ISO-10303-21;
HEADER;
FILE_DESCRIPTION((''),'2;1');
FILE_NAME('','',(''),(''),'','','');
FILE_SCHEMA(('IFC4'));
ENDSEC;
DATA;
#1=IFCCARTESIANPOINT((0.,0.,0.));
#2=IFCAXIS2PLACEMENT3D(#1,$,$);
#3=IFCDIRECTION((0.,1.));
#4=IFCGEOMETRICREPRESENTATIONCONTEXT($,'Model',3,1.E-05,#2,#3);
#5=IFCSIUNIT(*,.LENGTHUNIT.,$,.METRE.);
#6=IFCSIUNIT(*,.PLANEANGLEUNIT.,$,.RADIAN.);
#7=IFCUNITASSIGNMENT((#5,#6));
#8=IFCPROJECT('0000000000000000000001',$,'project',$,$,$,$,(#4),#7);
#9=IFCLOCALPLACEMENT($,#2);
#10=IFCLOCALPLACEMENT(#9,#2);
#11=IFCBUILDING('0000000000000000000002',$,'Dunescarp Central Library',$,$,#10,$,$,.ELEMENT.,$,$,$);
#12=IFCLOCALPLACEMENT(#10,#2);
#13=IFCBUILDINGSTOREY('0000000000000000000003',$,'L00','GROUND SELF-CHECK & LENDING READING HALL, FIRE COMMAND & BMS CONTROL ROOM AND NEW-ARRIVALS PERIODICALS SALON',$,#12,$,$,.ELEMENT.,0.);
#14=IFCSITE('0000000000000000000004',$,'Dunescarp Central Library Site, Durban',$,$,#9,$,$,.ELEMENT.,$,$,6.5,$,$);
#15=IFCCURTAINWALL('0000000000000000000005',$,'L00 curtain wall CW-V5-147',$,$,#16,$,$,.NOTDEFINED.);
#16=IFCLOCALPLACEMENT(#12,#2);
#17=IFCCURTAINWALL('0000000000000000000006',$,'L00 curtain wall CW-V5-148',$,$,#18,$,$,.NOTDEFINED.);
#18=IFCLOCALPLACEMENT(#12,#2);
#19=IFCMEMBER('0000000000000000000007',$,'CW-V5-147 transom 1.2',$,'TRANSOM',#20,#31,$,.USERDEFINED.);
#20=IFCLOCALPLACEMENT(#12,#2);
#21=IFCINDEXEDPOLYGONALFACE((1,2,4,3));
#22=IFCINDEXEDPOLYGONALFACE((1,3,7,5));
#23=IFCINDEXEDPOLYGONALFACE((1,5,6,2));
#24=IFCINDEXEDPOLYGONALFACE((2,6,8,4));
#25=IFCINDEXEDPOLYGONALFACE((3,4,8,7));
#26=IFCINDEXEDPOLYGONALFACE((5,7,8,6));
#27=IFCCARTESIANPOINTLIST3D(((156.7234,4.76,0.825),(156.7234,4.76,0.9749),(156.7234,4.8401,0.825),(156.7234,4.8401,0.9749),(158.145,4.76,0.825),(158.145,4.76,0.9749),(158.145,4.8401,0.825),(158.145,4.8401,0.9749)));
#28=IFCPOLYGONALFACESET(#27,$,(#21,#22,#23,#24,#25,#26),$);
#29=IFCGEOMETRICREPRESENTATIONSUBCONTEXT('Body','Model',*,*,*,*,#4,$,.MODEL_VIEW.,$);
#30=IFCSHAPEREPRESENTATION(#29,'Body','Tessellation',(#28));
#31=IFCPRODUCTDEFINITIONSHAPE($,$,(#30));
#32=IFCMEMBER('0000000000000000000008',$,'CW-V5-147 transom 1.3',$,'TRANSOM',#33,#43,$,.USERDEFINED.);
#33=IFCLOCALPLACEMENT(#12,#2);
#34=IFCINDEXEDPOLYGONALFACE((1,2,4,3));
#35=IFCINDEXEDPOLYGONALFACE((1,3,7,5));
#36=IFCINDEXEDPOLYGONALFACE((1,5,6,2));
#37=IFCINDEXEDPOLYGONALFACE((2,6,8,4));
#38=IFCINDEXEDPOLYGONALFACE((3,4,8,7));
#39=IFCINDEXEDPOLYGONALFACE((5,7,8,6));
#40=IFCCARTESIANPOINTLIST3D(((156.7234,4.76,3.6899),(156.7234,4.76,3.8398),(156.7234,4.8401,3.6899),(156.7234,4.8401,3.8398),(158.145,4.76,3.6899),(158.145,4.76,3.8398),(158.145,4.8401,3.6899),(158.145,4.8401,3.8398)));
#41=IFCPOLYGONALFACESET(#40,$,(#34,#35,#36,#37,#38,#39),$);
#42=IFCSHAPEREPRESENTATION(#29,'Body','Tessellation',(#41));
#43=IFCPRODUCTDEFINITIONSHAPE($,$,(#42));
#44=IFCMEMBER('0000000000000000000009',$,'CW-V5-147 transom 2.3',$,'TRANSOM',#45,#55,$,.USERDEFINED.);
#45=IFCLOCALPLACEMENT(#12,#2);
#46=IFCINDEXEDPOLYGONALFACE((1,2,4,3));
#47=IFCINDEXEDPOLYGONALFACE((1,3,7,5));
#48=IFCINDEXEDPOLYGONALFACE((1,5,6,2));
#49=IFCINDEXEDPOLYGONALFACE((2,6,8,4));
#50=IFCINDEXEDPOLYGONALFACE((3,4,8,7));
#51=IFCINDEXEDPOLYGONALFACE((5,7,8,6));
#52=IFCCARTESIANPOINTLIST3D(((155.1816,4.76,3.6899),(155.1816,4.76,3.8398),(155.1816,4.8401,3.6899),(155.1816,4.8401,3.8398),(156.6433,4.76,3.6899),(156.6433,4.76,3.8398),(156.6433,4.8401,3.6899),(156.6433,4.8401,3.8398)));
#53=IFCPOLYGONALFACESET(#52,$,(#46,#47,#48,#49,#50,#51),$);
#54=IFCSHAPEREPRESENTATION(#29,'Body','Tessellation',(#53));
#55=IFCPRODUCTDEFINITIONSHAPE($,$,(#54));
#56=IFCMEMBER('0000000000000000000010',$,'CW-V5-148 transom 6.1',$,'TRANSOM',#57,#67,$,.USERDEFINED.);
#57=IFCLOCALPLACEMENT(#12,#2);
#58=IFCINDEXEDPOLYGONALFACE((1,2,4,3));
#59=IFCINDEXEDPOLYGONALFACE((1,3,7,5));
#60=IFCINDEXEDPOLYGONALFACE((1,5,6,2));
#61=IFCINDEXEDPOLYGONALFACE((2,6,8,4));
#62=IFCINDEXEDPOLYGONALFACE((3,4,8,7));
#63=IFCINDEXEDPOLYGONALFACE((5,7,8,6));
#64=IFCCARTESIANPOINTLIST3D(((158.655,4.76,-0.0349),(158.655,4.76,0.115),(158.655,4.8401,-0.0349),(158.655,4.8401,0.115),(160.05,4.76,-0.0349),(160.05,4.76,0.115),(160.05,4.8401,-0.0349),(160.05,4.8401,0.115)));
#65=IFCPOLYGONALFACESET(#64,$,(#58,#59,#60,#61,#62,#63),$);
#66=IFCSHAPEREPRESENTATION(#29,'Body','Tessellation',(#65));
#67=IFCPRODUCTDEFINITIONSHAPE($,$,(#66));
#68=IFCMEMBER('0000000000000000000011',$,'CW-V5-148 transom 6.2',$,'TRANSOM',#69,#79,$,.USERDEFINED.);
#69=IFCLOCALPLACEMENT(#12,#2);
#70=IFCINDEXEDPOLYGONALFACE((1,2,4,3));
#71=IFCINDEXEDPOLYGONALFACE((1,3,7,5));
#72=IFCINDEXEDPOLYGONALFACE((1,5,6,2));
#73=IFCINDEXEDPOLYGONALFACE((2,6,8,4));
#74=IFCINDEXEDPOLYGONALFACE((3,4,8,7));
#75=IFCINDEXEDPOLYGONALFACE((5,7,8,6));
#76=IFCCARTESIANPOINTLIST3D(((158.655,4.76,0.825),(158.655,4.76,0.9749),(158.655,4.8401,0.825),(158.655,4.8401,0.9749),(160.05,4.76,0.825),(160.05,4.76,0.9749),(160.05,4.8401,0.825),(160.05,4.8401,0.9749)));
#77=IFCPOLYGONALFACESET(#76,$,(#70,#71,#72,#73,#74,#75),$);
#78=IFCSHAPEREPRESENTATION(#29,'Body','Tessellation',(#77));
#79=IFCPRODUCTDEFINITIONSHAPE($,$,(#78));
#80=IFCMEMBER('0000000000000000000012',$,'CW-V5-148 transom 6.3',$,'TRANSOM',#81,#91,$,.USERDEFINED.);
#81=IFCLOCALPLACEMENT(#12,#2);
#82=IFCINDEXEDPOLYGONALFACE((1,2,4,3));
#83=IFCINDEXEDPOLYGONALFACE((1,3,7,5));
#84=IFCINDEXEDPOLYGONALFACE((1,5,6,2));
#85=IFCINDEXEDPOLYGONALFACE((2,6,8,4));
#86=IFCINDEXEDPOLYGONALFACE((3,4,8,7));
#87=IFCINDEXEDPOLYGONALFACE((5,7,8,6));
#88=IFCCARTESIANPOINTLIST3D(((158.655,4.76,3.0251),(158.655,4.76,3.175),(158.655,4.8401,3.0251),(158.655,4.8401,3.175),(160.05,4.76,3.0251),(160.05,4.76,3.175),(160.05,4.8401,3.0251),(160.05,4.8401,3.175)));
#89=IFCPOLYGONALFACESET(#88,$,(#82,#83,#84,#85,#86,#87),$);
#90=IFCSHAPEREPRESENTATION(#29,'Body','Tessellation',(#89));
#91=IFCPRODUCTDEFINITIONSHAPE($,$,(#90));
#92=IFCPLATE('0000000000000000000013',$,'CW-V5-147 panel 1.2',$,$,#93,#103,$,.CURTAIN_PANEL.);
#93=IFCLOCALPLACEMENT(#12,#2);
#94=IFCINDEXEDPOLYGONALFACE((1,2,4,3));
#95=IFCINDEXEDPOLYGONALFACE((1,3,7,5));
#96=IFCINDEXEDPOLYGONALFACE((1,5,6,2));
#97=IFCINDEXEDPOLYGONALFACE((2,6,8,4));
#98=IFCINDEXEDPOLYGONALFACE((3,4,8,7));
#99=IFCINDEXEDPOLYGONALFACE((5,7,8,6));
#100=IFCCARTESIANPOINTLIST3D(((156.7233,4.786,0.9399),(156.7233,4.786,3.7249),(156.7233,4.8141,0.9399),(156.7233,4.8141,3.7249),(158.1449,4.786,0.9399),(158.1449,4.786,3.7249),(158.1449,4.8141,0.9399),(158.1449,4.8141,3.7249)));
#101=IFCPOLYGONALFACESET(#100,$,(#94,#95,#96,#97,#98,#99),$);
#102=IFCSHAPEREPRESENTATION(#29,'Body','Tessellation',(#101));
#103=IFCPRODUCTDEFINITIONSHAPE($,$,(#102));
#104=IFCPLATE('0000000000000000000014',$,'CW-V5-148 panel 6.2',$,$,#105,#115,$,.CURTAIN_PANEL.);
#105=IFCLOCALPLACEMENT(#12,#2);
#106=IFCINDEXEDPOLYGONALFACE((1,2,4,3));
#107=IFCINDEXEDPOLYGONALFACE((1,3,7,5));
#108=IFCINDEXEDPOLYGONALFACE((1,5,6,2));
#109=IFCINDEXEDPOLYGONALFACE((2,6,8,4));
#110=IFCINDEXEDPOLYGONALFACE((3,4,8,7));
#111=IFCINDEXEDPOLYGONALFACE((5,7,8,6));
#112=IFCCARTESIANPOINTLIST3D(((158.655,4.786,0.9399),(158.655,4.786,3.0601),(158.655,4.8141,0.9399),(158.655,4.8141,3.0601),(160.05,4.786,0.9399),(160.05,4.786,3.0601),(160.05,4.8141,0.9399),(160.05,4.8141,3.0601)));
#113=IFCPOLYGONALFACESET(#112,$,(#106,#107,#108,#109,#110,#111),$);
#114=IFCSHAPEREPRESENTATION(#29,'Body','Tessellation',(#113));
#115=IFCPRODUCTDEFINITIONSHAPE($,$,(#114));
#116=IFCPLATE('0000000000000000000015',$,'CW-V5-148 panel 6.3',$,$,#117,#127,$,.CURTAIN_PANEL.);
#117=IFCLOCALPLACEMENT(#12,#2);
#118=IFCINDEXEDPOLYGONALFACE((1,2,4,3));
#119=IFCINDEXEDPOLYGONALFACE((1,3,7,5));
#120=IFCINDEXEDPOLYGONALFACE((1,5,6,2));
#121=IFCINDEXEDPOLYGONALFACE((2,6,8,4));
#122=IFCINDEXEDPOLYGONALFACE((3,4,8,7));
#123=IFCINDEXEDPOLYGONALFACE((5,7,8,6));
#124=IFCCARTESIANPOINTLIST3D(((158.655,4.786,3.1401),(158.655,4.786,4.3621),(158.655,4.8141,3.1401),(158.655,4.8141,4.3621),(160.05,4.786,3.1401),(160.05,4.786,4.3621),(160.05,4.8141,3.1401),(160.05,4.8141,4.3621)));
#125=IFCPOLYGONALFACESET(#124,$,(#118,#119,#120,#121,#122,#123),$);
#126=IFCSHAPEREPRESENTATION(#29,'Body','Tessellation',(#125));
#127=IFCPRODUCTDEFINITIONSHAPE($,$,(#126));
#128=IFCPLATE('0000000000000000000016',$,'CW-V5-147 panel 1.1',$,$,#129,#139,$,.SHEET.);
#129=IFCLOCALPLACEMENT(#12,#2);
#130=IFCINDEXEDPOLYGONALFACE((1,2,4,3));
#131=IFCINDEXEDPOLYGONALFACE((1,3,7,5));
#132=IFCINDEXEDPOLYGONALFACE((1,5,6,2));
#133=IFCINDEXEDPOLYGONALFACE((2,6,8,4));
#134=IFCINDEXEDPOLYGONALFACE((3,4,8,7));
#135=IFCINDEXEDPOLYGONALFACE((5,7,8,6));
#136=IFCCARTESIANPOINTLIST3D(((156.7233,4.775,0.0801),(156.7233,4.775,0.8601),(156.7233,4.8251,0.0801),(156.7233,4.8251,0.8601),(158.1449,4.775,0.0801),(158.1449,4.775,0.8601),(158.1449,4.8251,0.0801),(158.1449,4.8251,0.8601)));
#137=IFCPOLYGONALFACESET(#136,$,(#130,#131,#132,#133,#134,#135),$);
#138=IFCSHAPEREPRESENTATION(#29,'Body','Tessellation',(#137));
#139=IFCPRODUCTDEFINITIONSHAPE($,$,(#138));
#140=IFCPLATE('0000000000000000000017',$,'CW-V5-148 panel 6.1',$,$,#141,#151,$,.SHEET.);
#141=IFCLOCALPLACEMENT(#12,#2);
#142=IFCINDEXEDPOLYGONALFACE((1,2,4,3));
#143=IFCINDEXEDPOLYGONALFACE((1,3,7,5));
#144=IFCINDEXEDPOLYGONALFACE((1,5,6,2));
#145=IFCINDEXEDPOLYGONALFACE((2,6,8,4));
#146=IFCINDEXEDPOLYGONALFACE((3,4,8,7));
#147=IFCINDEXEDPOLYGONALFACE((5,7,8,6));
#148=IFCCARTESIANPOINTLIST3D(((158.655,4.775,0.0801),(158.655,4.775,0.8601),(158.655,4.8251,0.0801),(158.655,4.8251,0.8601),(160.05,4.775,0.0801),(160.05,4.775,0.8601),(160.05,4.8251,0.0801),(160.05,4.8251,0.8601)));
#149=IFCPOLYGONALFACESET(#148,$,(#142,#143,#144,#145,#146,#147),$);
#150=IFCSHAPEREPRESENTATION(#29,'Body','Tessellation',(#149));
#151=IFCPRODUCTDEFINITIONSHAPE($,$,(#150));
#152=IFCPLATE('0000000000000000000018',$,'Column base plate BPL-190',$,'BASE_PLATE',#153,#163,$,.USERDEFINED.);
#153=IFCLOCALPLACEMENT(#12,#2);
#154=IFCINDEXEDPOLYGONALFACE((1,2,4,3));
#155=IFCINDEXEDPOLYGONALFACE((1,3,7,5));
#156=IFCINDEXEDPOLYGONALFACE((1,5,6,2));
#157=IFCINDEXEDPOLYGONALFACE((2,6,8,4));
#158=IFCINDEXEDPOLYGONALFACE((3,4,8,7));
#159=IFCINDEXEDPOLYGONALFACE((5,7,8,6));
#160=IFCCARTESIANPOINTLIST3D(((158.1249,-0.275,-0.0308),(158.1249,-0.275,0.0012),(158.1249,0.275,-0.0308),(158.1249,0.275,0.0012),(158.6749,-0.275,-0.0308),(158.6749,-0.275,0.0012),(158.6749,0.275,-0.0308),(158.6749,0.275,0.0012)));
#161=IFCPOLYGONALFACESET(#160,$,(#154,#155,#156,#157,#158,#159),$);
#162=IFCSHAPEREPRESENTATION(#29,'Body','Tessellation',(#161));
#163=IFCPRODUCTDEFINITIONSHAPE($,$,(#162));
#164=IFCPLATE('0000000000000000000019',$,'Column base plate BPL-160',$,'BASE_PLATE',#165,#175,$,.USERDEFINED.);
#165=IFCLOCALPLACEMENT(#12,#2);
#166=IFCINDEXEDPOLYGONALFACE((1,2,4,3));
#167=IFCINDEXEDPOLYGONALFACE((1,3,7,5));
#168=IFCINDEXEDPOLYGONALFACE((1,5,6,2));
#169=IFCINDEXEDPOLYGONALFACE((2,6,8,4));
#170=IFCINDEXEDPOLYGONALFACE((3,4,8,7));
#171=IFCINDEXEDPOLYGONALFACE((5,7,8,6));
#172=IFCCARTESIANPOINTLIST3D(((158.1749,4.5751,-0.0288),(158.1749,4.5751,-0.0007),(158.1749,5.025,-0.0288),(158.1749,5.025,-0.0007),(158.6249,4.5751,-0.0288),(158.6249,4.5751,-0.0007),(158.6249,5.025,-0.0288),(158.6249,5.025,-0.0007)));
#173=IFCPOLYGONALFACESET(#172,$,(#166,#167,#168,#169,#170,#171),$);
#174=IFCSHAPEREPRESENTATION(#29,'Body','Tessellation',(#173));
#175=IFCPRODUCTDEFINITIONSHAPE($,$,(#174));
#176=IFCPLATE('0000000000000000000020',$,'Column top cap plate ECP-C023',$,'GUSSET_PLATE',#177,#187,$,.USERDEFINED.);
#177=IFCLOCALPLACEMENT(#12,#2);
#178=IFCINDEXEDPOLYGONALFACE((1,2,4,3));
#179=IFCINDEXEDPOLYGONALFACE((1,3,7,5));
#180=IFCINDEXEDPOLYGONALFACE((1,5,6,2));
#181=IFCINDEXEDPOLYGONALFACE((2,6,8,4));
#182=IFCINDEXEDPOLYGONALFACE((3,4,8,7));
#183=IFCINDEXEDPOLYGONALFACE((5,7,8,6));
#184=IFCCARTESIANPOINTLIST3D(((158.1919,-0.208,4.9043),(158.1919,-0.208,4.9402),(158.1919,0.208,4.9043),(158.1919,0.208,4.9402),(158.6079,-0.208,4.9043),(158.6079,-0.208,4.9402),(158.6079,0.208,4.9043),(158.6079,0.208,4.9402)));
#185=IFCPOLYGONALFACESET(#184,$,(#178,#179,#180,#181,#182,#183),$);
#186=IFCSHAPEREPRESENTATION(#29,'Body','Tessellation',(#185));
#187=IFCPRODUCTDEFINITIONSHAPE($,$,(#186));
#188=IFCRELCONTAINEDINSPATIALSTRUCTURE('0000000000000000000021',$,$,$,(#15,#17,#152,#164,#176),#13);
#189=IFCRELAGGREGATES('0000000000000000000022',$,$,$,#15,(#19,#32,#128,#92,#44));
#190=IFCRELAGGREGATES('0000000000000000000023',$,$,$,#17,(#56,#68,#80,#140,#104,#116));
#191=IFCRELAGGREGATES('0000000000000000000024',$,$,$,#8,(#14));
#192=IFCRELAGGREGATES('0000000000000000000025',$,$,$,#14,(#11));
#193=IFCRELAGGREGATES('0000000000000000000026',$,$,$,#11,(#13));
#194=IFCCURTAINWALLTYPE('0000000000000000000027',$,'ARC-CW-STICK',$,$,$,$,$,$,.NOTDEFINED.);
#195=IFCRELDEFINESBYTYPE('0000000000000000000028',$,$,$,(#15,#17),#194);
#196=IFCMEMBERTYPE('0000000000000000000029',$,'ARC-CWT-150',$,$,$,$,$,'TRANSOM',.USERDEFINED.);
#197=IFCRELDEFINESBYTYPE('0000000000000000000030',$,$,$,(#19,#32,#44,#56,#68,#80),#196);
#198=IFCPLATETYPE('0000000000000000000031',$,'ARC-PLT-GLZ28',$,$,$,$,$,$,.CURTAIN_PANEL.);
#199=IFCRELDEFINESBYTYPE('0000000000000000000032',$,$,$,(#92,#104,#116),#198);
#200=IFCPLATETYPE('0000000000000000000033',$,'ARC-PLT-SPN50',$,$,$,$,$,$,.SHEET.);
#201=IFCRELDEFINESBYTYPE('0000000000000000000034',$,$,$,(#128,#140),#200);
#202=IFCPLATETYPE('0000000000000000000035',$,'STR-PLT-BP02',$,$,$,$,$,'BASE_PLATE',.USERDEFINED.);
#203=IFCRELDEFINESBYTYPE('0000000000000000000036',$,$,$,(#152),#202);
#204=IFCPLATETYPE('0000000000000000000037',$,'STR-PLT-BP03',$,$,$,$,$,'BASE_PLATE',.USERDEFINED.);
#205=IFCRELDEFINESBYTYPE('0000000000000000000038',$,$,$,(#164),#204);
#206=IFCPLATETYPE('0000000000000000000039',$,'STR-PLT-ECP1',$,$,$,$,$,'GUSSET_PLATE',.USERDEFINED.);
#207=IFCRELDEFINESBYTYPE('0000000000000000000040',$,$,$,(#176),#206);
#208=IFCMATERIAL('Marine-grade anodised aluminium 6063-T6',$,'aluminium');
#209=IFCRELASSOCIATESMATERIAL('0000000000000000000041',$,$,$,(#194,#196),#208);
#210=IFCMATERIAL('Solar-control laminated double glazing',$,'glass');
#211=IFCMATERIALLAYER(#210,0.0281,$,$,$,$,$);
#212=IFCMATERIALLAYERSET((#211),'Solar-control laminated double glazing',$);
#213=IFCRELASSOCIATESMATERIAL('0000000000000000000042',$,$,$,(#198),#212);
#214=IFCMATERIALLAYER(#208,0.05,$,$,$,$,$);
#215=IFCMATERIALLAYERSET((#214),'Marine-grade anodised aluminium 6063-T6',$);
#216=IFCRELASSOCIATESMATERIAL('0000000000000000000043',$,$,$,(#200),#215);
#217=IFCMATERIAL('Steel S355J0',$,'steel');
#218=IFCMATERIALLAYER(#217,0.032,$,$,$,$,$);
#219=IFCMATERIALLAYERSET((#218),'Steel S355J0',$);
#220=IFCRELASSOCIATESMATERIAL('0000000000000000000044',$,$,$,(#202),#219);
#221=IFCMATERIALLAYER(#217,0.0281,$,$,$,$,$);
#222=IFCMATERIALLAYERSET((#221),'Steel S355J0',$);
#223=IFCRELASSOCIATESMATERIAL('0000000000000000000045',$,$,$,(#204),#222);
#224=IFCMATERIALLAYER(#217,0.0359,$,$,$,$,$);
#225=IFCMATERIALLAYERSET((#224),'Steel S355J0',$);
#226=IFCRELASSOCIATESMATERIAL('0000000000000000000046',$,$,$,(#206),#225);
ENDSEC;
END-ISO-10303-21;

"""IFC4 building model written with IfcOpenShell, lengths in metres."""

from ifc_helpers import new_model, si_unit, direction, frame, origin, origin_2d, place, context, subcontext, project, spatial, rectangle, extrude, material, layer, layer_set, material_profile, profile_set, type_object, element, aggregate, save


model = new_model("IFC4")

# Units and contexts
model_context = context("Model", 3, precision=1e-05, world=origin(), true_north=direction((0.0, 1.0)))
body_context = subcontext(model_context, "Body", "Model", "MODEL_VIEW")
ifc_project = project(units=[si_unit("LENGTHUNIT", "METRE"), si_unit("PLANEANGLEUNIT", "RADIAN")], contexts=[model_context])

# Site, building, storey
site_placement = place(None, origin())
site = spatial("IfcSite", under=ifc_project, at=site_placement, Name="Dunescarp Central Library Site, Durban", CompositionType="ELEMENT", RefElevation=6.5)
building_placement = place(site_placement, origin())
building = spatial("IfcBuilding", under=site, at=building_placement, Name="Dunescarp Central Library", CompositionType="ELEMENT")
storey_placement = place(building_placement, origin())
storey = spatial("IfcBuildingStorey", under=building, at=storey_placement, Name="L00", Description="GROUND SELF-CHECK & LENDING READING HALL, FIRE COMMAND & BMS CONTROL ROOM AND NEW-ARRIVALS PERIODICALS SALON", CompositionType="ELEMENT", Elevation=0.0)

# Shared definitions
ifc_material_1 = material(Name="Steel S355J0", Category="steel")

# Curtain wall
ifc_material_2 = material(Name="Marine-grade anodised aluminium 6063-T6", Category="aluminium")
curtain_wall_type = type_object("IfcCurtainWallType", Name="ARC-CW-STICK", PredefinedType="NOTDEFINED", material=ifc_material_2)
curtain_wall_1_placement = place(storey_placement, origin())
curtain_wall_1 = element("IfcCurtainWall", 1, at=curtain_wall_1_placement, inside=storey, type_object=curtain_wall_type, Name="L00 curtain wall CW-V5-147", PredefinedType="NOTDEFINED")

# Curtain wall
curtain_wall_2_placement = place(storey_placement, origin())
curtain_wall_2 = element("IfcCurtainWall", 2, at=curtain_wall_2_placement, inside=storey, type_object=curtain_wall_type, Name="L00 curtain wall CW-V5-148", PredefinedType="NOTDEFINED")

# Members
ifc_material_profile_1 = material_profile(ifc_material_2, rectangle(XDim=0.0801, YDim=0.1499, at=origin_2d()), Name="AL 80x150")
ifc_profile_set_1 = profile_set([ifc_material_profile_1], Name="Marine-grade anodised aluminium 6063-T6")
member_type_1 = type_object("IfcMemberType", Name="ARC-CWT-150", ElementType="TRANSOM", PredefinedType="USERDEFINED", material=ifc_profile_set_1)
member_1_placement = place(storey_placement, frame((158.145, 4.8, 0.8999), z_axis=(-1.0, 0.0, 0.0), x_axis=(0.0, -1.0, 0.0)))
member_1 = element("IfcMember", 3, at=member_1_placement, type_object=member_type_1, Name="CW-V5-147 transom 1.2", ObjectType="TRANSOM", PredefinedType="USERDEFINED", context=body_context, shape_type="SweptSolid", body=[
    extrude(rectangle(XDim=0.0801, YDim=0.1499, at=origin_2d()), origin(), (0.0, 0.0, 1.0), 1.4216),
])
member_2_placement = place(storey_placement, frame((158.145, 4.8, 3.7649), z_axis=(-1.0, 0.0, 0.0), x_axis=(0.0, -1.0, 0.0)))
member_2 = element("IfcMember", 4, at=member_2_placement, type_object=member_type_1, Name="CW-V5-147 transom 1.3", ObjectType="TRANSOM", PredefinedType="USERDEFINED", context=body_context, shape_type="SweptSolid", body=[
    extrude(rectangle(XDim=0.0801, YDim=0.1499, at=origin_2d()), origin(), (0.0, 0.0, 1.0), 1.4216),
])
member_3_placement = place(storey_placement, frame((156.6433, 4.8, 3.7649), z_axis=(-1.0, 0.0, 0.0), x_axis=(0.0, -1.0, 0.0)))
member_3 = element("IfcMember", 5, at=member_3_placement, type_object=member_type_1, Name="CW-V5-147 transom 2.3", ObjectType="TRANSOM", PredefinedType="USERDEFINED", context=body_context, shape_type="SweptSolid", body=[
    extrude(rectangle(XDim=0.0801, YDim=0.1499, at=origin_2d()), origin(), (0.0, 0.0, 1.0), 1.4617),
])
member_4_placement = place(storey_placement, frame((160.05, 4.8, 0.04), z_axis=(-1.0, 0.0, 0.0), x_axis=(0.0, -1.0, 0.0)))
member_4 = element("IfcMember", 6, at=member_4_placement, type_object=member_type_1, Name="CW-V5-148 transom 6.1", ObjectType="TRANSOM", PredefinedType="USERDEFINED", context=body_context, shape_type="SweptSolid", body=[
    extrude(rectangle(XDim=0.0801, YDim=0.1499, at=origin_2d()), origin(), (0.0, 0.0, 1.0), 1.395),
])
member_5_placement = place(storey_placement, frame((160.05, 4.8, 0.8999), z_axis=(-1.0, 0.0, 0.0), x_axis=(0.0, -1.0, 0.0)))
member_5 = element("IfcMember", 7, at=member_5_placement, type_object=member_type_1, Name="CW-V5-148 transom 6.2", ObjectType="TRANSOM", PredefinedType="USERDEFINED", context=body_context, shape_type="SweptSolid", body=[
    extrude(rectangle(XDim=0.0801, YDim=0.1499, at=origin_2d()), origin(), (0.0, 0.0, 1.0), 1.395),
])
member_6_placement = place(storey_placement, frame((160.05, 4.8, 3.1001), z_axis=(-1.0, 0.0, 0.0), x_axis=(0.0, -1.0, 0.0)))
member_6 = element("IfcMember", 8, at=member_6_placement, type_object=member_type_1, Name="CW-V5-148 transom 6.3", ObjectType="TRANSOM", PredefinedType="USERDEFINED", context=body_context, shape_type="SweptSolid", body=[
    extrude(rectangle(XDim=0.0801, YDim=0.1499, at=origin_2d()), origin(), (0.0, 0.0, 1.0), 1.395),
])

# Plates
ifc_material_3 = material(Name="Solar-control laminated double glazing", Category="glass")
ifc_layer_1 = layer(ifc_material_3, 0.0281)
ifc_layer_set_1 = layer_set([ifc_layer_1], Name="Solar-control laminated double glazing")
plate_type_1 = type_object("IfcPlateType", Name="ARC-PLT-GLZ28", PredefinedType="CURTAIN_PANEL", material=ifc_layer_set_1)
plate_1_placement = place(storey_placement, frame((157.4341, 4.8, 0.9399), z_axis=(0.0, 0.0, 1.0), x_axis=(-1.0, 0.0, 0.0)))
plate_1 = element("IfcPlate", 9, at=plate_1_placement, type_object=plate_type_1, Name="CW-V5-147 panel 1.2", PredefinedType="CURTAIN_PANEL", context=body_context, shape_type="SweptSolid", body=[
    extrude(rectangle(XDim=1.4216, YDim=0.0281, at=origin_2d()), origin(), (0.0, 0.0, 1.0), 2.7849),
])
plate_2_placement = place(storey_placement, frame((159.3525, 4.8, 0.9399), z_axis=(0.0, 0.0, 1.0), x_axis=(-1.0, 0.0, 0.0)))
plate_2 = element("IfcPlate", 10, at=plate_2_placement, type_object=plate_type_1, Name="CW-V5-148 panel 6.2", PredefinedType="CURTAIN_PANEL", context=body_context, shape_type="SweptSolid", body=[
    extrude(rectangle(XDim=1.395, YDim=0.0281, at=origin_2d()), origin(), (0.0, 0.0, 1.0), 2.1201),
])
plate_3_placement = place(storey_placement, frame((159.3525, 4.8, 3.1401), z_axis=(0.0, 0.0, 1.0), x_axis=(-1.0, 0.0, 0.0)))
plate_3 = element("IfcPlate", 11, at=plate_3_placement, type_object=plate_type_1, Name="CW-V5-148 panel 6.3", PredefinedType="CURTAIN_PANEL", context=body_context, shape_type="SweptSolid", body=[
    extrude(rectangle(XDim=1.395, YDim=0.0281, at=origin_2d()), origin(), (0.0, 0.0, 1.0), 1.2219),
])
ifc_layer_2 = layer(ifc_material_2, 0.05)
ifc_layer_set_2 = layer_set([ifc_layer_2], Name="Marine-grade anodised aluminium 6063-T6")
plate_type_2 = type_object("IfcPlateType", Name="ARC-PLT-SPN50", PredefinedType="SHEET", material=ifc_layer_set_2)
plate_4_placement = place(storey_placement, frame((157.4341, 4.8, 0.0801), z_axis=(0.0, 0.0, 1.0), x_axis=(-1.0, 0.0, 0.0)))
plate_4 = element("IfcPlate", 12, at=plate_4_placement, type_object=plate_type_2, Name="CW-V5-147 panel 1.1", PredefinedType="SHEET", context=body_context, shape_type="SweptSolid", body=[
    extrude(rectangle(XDim=1.4216, YDim=0.05, at=origin_2d()), origin(), (0.0, 0.0, 1.0), 0.78),
])
aggregate(curtain_wall_1, [member_1, member_2, plate_4, plate_1, member_3])
plate_5_placement = place(storey_placement, frame((159.3525, 4.8, 0.0801), z_axis=(0.0, 0.0, 1.0), x_axis=(-1.0, 0.0, 0.0)))
plate_5 = element("IfcPlate", 13, at=plate_5_placement, type_object=plate_type_2, Name="CW-V5-148 panel 6.1", PredefinedType="SHEET", context=body_context, shape_type="SweptSolid", body=[
    extrude(rectangle(XDim=1.395, YDim=0.05, at=origin_2d()), origin(), (0.0, 0.0, 1.0), 0.78),
])
aggregate(curtain_wall_2, [member_4, member_5, member_6, plate_5, plate_2, plate_3])

# Plates
ifc_layer_3 = layer(ifc_material_1, 0.032)
ifc_layer_set_3 = layer_set([ifc_layer_3], Name="Steel S355J0")
plate_type_3 = type_object("IfcPlateType", Name="STR-PLT-BP02", ElementType="BASE_PLATE", PredefinedType="USERDEFINED", material=ifc_layer_set_3)
plate_6_placement = place(storey_placement, frame((158.3999, 0.0, -0.0308), z_axis=(0.0, 0.0, 1.0), x_axis=(1.0, 0.0, 0.0)))
element("IfcPlate", 14, at=plate_6_placement, inside=storey, type_object=plate_type_3, Name="Column base plate BPL-190", ObjectType="BASE_PLATE", PredefinedType="USERDEFINED", context=body_context, shape_type="SweptSolid", body=[
    extrude(rectangle(XDim=0.55, YDim=0.55, at=origin_2d()), origin(), (0.0, 0.0, 1.0), 0.032),
])
ifc_layer_4 = layer(ifc_material_1, 0.0281)
ifc_layer_set_4 = layer_set([ifc_layer_4], Name="Steel S355J0")
plate_type_4 = type_object("IfcPlateType", Name="STR-PLT-BP03", ElementType="BASE_PLATE", PredefinedType="USERDEFINED", material=ifc_layer_set_4)
plate_7_placement = place(storey_placement, frame((158.3999, 4.8, -0.0288), z_axis=(0.0, 0.0, 1.0), x_axis=(1.0, 0.0, 0.0)))
element("IfcPlate", 15, at=plate_7_placement, inside=storey, type_object=plate_type_4, Name="Column base plate BPL-160", ObjectType="BASE_PLATE", PredefinedType="USERDEFINED", context=body_context, shape_type="SweptSolid", body=[
    extrude(rectangle(XDim=0.45, YDim=0.45, at=origin_2d()), origin(), (0.0, 0.0, 1.0), 0.0281),
])
ifc_layer_5 = layer(ifc_material_1, 0.0359)
ifc_layer_set_5 = layer_set([ifc_layer_5], Name="Steel S355J0")
plate_type_5 = type_object("IfcPlateType", Name="STR-PLT-ECP1", ElementType="GUSSET_PLATE", PredefinedType="USERDEFINED", material=ifc_layer_set_5)
plate_8_placement = place(storey_placement, frame((158.3999, 0.0, 4.9043), z_axis=(0.0, 0.0, 1.0), x_axis=(1.0, 0.0, 0.0)))
element("IfcPlate", 16, at=plate_8_placement, inside=storey, type_object=plate_type_5, Name="Column top cap plate ECP-C023", ObjectType="GUSSET_PLATE", PredefinedType="USERDEFINED", context=body_context, shape_type="SweptSolid", body=[
    extrude(rectangle(XDim=0.416, YDim=0.416, at=origin_2d()), origin(), (0.0, 0.0, 1.0), 0.0359),
])

save(model, "model.ifc")
